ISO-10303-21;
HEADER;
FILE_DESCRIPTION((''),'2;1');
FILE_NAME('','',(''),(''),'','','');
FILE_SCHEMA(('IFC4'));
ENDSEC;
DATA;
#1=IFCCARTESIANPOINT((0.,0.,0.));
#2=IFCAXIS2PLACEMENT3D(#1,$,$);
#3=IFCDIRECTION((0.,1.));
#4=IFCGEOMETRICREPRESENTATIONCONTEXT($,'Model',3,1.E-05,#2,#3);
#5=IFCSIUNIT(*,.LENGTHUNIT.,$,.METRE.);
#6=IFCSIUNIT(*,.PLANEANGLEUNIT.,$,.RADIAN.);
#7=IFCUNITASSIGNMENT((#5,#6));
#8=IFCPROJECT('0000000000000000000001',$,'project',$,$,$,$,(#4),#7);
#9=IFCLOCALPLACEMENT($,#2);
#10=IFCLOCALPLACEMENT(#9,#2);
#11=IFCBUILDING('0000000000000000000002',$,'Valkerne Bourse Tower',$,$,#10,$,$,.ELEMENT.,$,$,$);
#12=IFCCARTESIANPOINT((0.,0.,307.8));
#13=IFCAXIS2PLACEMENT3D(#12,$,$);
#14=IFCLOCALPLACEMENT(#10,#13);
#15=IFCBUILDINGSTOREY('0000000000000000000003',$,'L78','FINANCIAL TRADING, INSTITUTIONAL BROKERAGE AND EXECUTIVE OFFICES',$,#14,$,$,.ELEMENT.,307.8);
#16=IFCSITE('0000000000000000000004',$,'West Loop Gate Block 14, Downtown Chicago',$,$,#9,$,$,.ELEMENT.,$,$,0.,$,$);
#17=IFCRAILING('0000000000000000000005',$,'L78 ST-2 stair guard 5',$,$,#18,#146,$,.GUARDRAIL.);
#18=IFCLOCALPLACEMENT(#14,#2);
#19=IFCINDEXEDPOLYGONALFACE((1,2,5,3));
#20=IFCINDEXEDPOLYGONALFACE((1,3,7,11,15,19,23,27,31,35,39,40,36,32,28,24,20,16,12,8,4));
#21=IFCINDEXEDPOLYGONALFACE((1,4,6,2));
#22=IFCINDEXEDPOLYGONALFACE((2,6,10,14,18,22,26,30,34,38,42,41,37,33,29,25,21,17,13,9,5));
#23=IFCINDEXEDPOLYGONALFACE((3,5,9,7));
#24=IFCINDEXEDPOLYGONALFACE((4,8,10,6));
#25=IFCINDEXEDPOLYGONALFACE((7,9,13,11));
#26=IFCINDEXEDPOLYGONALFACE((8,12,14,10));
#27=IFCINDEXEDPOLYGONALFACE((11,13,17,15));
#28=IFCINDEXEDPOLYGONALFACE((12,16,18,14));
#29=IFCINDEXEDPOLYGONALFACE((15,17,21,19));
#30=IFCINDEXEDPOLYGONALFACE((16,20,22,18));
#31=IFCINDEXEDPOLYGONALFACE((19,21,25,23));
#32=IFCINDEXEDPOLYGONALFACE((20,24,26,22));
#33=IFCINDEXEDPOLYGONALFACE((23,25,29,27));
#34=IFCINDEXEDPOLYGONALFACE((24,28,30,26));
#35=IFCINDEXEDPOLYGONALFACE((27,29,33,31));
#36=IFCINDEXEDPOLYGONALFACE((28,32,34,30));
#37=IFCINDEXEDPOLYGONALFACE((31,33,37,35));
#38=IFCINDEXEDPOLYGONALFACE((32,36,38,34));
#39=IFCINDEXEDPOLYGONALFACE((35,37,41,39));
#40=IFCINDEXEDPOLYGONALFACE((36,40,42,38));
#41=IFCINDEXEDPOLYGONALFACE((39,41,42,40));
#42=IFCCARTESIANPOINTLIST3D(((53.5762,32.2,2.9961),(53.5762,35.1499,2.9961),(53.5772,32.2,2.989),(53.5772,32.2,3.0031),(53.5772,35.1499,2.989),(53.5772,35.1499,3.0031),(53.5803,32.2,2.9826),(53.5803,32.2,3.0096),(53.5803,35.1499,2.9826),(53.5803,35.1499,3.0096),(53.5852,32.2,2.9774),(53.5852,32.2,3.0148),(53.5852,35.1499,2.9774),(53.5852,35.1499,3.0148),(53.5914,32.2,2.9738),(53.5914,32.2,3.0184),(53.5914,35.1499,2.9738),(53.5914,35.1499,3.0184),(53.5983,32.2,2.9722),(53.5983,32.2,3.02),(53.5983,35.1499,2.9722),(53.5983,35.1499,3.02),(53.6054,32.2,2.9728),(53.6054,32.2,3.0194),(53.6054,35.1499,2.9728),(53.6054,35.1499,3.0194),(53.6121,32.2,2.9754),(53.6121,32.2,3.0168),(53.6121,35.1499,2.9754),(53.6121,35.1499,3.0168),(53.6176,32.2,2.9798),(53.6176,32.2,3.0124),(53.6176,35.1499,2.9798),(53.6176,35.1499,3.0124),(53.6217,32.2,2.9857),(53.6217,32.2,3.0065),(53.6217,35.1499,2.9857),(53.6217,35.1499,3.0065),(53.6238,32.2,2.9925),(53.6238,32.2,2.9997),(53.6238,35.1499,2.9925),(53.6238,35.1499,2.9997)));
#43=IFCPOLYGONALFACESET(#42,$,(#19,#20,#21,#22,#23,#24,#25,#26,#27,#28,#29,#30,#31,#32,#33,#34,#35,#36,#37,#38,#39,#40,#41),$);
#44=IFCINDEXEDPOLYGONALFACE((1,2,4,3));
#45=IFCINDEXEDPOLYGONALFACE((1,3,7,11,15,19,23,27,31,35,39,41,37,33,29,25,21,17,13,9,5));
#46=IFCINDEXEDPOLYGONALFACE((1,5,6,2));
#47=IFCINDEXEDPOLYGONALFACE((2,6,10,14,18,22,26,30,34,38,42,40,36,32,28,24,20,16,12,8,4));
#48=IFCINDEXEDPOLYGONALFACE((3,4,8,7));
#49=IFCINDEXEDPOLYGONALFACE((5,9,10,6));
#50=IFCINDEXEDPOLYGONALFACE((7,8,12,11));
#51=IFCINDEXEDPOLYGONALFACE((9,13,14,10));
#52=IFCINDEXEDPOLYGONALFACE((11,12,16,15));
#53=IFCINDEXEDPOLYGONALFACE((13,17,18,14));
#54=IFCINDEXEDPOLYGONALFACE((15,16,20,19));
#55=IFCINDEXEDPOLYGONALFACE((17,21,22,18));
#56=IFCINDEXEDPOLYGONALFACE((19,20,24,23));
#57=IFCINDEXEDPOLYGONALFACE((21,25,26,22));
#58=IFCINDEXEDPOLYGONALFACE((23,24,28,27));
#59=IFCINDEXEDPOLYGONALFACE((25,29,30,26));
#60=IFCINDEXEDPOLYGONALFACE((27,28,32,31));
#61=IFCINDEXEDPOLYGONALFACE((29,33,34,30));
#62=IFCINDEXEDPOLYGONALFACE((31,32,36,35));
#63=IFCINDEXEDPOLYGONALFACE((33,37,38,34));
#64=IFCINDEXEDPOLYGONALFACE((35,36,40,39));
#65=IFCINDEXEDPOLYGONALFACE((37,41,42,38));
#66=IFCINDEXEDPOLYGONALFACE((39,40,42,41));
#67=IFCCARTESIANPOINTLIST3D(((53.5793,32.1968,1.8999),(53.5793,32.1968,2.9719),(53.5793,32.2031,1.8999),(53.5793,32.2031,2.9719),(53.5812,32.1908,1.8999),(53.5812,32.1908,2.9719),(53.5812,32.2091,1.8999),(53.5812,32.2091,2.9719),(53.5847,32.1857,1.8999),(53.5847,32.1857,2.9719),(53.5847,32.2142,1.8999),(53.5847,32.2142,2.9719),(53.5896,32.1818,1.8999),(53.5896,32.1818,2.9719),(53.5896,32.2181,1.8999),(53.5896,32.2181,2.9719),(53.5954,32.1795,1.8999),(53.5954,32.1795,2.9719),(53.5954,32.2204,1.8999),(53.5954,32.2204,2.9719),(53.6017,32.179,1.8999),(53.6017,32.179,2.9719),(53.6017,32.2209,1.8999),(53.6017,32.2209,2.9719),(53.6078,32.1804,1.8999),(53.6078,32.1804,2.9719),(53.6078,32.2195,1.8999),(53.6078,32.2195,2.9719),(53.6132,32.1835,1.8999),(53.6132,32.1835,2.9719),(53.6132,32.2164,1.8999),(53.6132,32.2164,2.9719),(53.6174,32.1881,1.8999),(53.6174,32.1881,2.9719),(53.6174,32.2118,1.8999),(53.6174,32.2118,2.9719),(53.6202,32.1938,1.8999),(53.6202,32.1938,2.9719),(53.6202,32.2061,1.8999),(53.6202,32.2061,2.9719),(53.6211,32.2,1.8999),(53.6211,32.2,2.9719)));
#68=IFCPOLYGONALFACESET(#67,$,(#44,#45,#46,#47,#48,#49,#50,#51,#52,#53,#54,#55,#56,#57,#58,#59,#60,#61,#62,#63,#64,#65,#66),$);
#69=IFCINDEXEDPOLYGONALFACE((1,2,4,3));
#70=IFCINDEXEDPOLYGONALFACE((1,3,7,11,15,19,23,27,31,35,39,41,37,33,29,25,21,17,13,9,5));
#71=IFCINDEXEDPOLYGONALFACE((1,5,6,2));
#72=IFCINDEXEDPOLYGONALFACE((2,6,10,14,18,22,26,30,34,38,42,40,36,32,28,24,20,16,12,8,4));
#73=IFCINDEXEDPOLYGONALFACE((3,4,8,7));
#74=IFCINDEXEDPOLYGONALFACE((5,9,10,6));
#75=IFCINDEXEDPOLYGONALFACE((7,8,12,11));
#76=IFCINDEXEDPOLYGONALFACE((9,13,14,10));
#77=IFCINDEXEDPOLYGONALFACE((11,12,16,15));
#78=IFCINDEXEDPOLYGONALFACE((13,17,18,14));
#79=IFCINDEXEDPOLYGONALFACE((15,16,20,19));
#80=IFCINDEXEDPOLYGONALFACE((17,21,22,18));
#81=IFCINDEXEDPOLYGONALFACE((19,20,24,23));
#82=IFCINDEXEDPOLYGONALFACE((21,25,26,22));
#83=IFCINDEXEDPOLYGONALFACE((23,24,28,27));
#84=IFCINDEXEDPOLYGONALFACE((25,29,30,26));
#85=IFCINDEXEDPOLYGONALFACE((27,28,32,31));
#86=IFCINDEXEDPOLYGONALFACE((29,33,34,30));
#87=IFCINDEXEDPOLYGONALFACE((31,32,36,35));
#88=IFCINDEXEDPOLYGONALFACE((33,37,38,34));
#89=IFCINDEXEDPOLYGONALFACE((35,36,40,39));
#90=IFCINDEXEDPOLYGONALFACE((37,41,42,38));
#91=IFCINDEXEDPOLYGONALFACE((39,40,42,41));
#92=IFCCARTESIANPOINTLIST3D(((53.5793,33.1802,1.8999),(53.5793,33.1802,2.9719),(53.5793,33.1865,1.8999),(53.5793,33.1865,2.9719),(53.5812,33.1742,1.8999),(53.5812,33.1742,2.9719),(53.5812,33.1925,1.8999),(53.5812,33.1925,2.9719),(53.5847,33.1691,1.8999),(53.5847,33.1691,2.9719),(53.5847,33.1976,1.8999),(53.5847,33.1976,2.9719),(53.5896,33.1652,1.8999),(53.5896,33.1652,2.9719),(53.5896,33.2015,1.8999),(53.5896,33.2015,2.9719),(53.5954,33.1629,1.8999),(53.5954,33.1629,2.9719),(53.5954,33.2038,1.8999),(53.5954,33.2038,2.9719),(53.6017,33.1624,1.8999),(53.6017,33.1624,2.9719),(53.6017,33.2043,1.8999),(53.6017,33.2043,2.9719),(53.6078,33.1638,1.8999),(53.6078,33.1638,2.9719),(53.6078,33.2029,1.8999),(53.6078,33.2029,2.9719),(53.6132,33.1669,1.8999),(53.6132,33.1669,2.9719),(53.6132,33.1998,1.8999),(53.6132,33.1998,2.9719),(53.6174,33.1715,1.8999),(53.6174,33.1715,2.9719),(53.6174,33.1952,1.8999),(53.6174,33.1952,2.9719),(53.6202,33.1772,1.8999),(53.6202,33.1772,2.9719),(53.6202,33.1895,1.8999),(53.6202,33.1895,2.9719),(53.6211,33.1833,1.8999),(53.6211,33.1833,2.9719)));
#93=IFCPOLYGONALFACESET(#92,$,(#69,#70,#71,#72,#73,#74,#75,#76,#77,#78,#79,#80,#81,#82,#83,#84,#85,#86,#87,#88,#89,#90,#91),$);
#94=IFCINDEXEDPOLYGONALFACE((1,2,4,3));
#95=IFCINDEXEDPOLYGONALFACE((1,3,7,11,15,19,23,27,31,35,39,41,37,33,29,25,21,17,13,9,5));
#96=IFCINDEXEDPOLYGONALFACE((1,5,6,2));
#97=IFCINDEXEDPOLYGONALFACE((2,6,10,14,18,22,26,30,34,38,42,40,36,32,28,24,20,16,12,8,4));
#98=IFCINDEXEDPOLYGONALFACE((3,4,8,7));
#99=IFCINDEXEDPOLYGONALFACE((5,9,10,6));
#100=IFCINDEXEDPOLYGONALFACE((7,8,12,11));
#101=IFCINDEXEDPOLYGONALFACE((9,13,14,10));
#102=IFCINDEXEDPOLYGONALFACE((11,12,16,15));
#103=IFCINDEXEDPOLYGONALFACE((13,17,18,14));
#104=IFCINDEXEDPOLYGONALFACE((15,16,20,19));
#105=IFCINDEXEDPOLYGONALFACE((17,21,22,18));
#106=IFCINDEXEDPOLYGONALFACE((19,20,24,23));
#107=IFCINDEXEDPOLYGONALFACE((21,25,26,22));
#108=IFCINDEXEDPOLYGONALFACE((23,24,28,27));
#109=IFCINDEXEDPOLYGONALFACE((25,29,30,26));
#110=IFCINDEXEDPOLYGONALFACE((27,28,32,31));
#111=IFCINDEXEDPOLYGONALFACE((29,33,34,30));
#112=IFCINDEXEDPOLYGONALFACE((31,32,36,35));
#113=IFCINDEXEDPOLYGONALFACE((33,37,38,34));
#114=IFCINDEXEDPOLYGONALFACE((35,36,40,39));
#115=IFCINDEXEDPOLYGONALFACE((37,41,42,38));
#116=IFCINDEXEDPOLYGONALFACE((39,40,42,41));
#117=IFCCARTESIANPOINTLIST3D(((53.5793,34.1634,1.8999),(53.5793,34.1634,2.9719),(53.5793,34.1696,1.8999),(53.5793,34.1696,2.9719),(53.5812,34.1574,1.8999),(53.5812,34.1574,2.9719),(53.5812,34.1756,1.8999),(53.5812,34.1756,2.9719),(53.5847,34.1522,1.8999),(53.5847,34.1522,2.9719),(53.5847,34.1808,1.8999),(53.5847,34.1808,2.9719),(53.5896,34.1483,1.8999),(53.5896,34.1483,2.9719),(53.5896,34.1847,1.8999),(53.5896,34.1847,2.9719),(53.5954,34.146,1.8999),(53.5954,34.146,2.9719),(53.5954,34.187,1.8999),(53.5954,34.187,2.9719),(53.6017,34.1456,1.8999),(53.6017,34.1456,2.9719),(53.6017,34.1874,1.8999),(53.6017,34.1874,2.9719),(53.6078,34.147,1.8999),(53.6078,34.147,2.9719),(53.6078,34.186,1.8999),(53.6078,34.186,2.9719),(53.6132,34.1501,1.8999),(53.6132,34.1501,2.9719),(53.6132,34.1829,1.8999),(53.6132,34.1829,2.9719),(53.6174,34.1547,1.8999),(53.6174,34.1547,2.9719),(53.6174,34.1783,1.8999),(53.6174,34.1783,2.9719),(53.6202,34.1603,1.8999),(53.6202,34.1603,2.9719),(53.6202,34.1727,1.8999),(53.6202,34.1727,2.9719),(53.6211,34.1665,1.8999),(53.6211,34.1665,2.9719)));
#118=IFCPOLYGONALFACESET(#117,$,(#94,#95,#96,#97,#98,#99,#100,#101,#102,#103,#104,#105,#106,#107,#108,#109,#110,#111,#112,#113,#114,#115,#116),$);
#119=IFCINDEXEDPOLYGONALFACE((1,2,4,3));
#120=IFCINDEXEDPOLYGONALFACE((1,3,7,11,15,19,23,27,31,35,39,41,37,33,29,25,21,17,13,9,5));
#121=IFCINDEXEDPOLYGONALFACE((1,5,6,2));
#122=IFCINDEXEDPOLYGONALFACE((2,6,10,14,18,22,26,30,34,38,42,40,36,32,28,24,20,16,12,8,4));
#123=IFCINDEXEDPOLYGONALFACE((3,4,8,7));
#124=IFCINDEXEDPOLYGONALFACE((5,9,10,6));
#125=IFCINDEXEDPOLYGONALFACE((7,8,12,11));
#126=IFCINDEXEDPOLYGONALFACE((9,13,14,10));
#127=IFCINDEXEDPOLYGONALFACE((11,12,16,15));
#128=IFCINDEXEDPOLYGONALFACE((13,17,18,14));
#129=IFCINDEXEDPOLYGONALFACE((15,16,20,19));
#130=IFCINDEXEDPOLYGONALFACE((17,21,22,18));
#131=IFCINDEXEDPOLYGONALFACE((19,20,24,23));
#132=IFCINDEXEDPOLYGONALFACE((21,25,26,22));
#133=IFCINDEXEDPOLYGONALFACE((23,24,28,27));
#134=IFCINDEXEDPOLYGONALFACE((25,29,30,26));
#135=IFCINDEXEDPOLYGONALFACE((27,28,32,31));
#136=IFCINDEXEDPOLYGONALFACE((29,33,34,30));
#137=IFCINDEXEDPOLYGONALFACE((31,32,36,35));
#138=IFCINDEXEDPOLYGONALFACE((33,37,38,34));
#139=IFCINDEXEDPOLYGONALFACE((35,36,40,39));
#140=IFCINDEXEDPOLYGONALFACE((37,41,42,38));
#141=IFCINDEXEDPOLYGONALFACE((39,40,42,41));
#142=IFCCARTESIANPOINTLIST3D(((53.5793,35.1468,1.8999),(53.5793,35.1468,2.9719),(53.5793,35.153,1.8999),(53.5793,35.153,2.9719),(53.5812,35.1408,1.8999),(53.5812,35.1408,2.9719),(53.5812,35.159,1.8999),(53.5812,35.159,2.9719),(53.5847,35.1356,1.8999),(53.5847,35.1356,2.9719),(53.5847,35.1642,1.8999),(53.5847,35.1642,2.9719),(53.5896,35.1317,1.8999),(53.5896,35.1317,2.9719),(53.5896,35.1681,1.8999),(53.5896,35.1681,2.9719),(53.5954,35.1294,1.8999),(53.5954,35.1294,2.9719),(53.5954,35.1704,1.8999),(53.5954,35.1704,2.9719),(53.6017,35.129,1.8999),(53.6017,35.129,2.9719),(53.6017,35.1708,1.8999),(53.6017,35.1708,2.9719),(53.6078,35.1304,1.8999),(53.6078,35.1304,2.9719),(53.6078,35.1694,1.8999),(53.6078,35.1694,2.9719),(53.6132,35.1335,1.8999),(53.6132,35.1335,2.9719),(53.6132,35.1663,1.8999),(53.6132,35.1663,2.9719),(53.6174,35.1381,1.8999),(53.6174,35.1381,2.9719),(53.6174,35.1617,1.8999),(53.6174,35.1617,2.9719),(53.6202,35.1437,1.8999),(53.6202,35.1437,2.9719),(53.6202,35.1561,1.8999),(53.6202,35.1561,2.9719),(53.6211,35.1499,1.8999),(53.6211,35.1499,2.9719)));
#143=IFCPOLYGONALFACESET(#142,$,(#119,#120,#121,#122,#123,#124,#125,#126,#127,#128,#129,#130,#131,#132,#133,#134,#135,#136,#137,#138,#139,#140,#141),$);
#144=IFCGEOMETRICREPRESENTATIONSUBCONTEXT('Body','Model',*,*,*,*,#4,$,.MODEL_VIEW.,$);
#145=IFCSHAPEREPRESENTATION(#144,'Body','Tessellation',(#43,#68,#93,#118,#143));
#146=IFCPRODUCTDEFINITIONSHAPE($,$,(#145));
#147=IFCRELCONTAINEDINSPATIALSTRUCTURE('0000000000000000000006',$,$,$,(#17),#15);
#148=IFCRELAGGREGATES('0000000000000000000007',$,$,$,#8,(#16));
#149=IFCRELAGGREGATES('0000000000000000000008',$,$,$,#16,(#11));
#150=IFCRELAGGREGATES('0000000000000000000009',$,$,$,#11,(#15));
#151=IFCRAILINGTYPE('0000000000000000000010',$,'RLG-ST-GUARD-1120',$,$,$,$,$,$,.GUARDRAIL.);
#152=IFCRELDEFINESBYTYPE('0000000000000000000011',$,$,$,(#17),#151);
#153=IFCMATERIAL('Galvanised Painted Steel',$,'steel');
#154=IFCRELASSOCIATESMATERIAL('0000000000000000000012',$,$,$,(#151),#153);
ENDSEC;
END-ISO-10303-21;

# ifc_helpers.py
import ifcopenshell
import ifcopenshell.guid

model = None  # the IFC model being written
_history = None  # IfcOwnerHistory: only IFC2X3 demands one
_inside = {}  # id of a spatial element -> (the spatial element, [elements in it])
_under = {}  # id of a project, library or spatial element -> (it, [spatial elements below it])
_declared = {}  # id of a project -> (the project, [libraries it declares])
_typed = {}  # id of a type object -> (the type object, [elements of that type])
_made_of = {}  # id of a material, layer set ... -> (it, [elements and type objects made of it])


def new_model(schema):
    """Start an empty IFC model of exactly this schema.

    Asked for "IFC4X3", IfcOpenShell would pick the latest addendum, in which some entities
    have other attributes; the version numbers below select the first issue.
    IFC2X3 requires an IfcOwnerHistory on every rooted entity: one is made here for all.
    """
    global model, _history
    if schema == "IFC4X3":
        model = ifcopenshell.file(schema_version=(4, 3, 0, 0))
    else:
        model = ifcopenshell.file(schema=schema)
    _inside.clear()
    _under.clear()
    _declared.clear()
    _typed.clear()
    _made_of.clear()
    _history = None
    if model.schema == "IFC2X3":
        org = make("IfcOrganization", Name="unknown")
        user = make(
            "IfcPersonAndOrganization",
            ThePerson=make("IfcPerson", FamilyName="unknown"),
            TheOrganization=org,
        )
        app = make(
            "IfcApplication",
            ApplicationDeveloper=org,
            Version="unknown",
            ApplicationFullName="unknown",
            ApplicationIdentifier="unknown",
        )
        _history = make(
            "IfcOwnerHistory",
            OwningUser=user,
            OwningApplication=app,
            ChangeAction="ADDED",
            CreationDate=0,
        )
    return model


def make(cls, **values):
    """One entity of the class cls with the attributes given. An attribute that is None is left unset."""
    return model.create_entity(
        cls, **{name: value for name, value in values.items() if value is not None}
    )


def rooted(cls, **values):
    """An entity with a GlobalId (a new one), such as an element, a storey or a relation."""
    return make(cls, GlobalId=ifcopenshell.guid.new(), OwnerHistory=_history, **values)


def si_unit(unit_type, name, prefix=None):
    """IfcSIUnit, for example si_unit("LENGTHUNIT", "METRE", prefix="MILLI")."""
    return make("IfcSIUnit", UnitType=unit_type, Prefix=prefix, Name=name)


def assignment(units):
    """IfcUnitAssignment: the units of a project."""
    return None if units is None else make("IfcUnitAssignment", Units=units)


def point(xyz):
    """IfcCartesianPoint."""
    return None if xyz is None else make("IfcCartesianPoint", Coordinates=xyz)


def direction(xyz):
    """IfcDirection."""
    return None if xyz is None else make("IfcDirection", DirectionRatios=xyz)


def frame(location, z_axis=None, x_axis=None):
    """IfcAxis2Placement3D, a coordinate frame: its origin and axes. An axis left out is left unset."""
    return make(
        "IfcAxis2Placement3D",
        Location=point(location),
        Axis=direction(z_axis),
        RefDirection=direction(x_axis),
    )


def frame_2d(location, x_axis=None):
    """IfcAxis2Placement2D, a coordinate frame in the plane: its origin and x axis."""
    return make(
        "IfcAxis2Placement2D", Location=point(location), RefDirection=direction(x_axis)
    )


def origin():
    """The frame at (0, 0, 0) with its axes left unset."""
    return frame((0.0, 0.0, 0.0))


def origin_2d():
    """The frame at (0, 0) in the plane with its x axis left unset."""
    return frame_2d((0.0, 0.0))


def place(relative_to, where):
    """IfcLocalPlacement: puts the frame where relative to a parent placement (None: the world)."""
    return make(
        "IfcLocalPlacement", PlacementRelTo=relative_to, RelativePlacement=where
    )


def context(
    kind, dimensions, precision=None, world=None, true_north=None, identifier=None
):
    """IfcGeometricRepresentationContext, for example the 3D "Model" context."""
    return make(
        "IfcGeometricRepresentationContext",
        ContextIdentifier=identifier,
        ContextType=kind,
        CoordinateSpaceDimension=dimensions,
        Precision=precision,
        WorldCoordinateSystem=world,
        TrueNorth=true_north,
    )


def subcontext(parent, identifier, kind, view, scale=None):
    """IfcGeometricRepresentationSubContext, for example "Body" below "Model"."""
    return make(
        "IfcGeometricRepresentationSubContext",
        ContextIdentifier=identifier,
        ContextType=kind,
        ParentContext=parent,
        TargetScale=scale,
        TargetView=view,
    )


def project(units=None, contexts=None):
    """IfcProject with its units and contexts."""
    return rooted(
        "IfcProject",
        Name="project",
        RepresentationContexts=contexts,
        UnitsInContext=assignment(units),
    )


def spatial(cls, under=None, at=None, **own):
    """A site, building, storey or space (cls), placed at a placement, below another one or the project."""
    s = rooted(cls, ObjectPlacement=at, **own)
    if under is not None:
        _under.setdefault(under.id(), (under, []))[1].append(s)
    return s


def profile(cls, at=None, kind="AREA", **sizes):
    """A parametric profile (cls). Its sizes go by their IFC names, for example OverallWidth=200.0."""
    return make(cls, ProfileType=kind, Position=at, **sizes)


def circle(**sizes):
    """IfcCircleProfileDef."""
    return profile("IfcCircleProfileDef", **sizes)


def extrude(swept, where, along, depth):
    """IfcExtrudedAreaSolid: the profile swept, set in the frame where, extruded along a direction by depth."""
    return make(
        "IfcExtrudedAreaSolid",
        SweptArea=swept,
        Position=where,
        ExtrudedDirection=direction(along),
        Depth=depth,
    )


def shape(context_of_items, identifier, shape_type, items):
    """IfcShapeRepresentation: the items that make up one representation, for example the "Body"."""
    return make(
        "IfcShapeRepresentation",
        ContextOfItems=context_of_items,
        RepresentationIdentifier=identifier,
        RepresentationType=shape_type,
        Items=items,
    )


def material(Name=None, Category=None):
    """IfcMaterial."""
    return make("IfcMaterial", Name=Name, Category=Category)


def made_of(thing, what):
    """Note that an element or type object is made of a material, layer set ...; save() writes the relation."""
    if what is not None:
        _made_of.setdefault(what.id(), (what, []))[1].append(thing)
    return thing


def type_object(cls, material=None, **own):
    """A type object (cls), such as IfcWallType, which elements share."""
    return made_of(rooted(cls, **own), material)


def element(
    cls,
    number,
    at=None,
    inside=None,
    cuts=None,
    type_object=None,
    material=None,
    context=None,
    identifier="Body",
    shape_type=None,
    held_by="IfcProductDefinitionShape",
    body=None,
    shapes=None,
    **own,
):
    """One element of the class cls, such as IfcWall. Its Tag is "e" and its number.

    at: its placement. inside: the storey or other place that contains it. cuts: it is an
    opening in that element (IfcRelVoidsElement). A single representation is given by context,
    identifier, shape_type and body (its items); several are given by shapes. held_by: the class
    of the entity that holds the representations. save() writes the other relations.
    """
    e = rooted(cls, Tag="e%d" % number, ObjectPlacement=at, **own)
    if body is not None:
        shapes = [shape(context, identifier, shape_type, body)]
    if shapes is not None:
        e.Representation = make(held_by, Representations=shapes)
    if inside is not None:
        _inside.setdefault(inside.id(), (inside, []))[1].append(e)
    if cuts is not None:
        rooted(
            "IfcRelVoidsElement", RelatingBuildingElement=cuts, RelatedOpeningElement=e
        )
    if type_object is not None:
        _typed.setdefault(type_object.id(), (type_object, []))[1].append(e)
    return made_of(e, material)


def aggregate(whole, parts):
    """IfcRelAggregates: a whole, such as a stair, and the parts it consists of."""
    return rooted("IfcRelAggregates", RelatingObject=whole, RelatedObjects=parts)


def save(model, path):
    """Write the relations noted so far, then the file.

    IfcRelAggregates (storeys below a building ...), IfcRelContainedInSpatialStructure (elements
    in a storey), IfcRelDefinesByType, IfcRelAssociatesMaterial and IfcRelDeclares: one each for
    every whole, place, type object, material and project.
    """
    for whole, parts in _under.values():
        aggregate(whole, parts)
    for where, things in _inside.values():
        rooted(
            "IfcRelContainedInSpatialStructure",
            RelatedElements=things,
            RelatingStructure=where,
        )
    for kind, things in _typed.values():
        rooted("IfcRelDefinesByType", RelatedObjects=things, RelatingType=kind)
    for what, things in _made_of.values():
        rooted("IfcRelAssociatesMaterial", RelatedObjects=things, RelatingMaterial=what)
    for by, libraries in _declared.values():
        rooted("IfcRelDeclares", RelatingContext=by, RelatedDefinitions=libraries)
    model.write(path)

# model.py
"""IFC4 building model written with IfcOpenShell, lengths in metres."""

from ifc_helpers import new_model, si_unit, direction, frame, origin, origin_2d, place, context, subcontext, project, spatial, circle, extrude, material, type_object, element, save


model = new_model("IFC4")

# Units and contexts
model_context = context("Model", 3, precision=1e-05, world=origin(), true_north=direction((0.0, 1.0)))
body_context = subcontext(model_context, "Body", "Model", "MODEL_VIEW")
ifc_project = project(units=[si_unit("LENGTHUNIT", "METRE"), si_unit("PLANEANGLEUNIT", "RADIAN")], contexts=[model_context])

# Site, building, storey
site_placement = place(None, origin())
site = spatial("IfcSite", under=ifc_project, at=site_placement, Name="West Loop Gate Block 14, Downtown Chicago", CompositionType="ELEMENT", RefElevation=0.0)
building_placement = place(site_placement, origin())
building = spatial("IfcBuilding", under=site, at=building_placement, Name="Valkerne Bourse Tower", CompositionType="ELEMENT")
storey_placement = place(building_placement, frame((0.0, 0.0, 307.8)))
storey = spatial("IfcBuildingStorey", under=building, at=storey_placement, Name="L78", Description="FINANCIAL TRADING, INSTITUTIONAL BROKERAGE AND EXECUTIVE OFFICES", CompositionType="ELEMENT", Elevation=307.8)

# Railing
ifc_material_1 = material(Name="Galvanised Painted Steel", Category="steel")
railing_type = type_object("IfcRailingType", Name="RLG-ST-GUARD-1120", PredefinedType="GUARDRAIL", material=ifc_material_1)
railing_1_placement = place(storey_placement, frame((53.6001, 32.2, 1.8999)))
element("IfcRailing", 1, at=railing_1_placement, inside=storey, type_object=railing_type, Name="L78 ST-2 stair guard 5", PredefinedType="GUARDRAIL", context=body_context, shape_type="SweptSolid", body=[
    extrude(circle(Radius=0.0239, at=origin_2d()), frame((0.0, 0.0, 1.0962), z_axis=(0.0, 1.0, 0.0), x_axis=(-1.0, 0.0, 0.0)), (0.0, 0.0, 1.0), 2.95),
    extrude(circle(Radius=0.021, at=origin_2d()), origin(), (0.0, 0.0, 1.0), 1.072),
    extrude(circle(Radius=0.021, at=origin_2d()), frame((0.0, 0.9834, 0.0)), (0.0, 0.0, 1.0), 1.072),
    extrude(circle(Radius=0.021, at=origin_2d()), frame((0.0, 1.9666, 0.0)), (0.0, 0.0, 1.0), 1.072),
    extrude(circle(Radius=0.021, at=origin_2d()), frame((0.0, 2.95, 0.0)), (0.0, 0.0, 1.0), 1.072),
])

save(model, "model.ifc")
